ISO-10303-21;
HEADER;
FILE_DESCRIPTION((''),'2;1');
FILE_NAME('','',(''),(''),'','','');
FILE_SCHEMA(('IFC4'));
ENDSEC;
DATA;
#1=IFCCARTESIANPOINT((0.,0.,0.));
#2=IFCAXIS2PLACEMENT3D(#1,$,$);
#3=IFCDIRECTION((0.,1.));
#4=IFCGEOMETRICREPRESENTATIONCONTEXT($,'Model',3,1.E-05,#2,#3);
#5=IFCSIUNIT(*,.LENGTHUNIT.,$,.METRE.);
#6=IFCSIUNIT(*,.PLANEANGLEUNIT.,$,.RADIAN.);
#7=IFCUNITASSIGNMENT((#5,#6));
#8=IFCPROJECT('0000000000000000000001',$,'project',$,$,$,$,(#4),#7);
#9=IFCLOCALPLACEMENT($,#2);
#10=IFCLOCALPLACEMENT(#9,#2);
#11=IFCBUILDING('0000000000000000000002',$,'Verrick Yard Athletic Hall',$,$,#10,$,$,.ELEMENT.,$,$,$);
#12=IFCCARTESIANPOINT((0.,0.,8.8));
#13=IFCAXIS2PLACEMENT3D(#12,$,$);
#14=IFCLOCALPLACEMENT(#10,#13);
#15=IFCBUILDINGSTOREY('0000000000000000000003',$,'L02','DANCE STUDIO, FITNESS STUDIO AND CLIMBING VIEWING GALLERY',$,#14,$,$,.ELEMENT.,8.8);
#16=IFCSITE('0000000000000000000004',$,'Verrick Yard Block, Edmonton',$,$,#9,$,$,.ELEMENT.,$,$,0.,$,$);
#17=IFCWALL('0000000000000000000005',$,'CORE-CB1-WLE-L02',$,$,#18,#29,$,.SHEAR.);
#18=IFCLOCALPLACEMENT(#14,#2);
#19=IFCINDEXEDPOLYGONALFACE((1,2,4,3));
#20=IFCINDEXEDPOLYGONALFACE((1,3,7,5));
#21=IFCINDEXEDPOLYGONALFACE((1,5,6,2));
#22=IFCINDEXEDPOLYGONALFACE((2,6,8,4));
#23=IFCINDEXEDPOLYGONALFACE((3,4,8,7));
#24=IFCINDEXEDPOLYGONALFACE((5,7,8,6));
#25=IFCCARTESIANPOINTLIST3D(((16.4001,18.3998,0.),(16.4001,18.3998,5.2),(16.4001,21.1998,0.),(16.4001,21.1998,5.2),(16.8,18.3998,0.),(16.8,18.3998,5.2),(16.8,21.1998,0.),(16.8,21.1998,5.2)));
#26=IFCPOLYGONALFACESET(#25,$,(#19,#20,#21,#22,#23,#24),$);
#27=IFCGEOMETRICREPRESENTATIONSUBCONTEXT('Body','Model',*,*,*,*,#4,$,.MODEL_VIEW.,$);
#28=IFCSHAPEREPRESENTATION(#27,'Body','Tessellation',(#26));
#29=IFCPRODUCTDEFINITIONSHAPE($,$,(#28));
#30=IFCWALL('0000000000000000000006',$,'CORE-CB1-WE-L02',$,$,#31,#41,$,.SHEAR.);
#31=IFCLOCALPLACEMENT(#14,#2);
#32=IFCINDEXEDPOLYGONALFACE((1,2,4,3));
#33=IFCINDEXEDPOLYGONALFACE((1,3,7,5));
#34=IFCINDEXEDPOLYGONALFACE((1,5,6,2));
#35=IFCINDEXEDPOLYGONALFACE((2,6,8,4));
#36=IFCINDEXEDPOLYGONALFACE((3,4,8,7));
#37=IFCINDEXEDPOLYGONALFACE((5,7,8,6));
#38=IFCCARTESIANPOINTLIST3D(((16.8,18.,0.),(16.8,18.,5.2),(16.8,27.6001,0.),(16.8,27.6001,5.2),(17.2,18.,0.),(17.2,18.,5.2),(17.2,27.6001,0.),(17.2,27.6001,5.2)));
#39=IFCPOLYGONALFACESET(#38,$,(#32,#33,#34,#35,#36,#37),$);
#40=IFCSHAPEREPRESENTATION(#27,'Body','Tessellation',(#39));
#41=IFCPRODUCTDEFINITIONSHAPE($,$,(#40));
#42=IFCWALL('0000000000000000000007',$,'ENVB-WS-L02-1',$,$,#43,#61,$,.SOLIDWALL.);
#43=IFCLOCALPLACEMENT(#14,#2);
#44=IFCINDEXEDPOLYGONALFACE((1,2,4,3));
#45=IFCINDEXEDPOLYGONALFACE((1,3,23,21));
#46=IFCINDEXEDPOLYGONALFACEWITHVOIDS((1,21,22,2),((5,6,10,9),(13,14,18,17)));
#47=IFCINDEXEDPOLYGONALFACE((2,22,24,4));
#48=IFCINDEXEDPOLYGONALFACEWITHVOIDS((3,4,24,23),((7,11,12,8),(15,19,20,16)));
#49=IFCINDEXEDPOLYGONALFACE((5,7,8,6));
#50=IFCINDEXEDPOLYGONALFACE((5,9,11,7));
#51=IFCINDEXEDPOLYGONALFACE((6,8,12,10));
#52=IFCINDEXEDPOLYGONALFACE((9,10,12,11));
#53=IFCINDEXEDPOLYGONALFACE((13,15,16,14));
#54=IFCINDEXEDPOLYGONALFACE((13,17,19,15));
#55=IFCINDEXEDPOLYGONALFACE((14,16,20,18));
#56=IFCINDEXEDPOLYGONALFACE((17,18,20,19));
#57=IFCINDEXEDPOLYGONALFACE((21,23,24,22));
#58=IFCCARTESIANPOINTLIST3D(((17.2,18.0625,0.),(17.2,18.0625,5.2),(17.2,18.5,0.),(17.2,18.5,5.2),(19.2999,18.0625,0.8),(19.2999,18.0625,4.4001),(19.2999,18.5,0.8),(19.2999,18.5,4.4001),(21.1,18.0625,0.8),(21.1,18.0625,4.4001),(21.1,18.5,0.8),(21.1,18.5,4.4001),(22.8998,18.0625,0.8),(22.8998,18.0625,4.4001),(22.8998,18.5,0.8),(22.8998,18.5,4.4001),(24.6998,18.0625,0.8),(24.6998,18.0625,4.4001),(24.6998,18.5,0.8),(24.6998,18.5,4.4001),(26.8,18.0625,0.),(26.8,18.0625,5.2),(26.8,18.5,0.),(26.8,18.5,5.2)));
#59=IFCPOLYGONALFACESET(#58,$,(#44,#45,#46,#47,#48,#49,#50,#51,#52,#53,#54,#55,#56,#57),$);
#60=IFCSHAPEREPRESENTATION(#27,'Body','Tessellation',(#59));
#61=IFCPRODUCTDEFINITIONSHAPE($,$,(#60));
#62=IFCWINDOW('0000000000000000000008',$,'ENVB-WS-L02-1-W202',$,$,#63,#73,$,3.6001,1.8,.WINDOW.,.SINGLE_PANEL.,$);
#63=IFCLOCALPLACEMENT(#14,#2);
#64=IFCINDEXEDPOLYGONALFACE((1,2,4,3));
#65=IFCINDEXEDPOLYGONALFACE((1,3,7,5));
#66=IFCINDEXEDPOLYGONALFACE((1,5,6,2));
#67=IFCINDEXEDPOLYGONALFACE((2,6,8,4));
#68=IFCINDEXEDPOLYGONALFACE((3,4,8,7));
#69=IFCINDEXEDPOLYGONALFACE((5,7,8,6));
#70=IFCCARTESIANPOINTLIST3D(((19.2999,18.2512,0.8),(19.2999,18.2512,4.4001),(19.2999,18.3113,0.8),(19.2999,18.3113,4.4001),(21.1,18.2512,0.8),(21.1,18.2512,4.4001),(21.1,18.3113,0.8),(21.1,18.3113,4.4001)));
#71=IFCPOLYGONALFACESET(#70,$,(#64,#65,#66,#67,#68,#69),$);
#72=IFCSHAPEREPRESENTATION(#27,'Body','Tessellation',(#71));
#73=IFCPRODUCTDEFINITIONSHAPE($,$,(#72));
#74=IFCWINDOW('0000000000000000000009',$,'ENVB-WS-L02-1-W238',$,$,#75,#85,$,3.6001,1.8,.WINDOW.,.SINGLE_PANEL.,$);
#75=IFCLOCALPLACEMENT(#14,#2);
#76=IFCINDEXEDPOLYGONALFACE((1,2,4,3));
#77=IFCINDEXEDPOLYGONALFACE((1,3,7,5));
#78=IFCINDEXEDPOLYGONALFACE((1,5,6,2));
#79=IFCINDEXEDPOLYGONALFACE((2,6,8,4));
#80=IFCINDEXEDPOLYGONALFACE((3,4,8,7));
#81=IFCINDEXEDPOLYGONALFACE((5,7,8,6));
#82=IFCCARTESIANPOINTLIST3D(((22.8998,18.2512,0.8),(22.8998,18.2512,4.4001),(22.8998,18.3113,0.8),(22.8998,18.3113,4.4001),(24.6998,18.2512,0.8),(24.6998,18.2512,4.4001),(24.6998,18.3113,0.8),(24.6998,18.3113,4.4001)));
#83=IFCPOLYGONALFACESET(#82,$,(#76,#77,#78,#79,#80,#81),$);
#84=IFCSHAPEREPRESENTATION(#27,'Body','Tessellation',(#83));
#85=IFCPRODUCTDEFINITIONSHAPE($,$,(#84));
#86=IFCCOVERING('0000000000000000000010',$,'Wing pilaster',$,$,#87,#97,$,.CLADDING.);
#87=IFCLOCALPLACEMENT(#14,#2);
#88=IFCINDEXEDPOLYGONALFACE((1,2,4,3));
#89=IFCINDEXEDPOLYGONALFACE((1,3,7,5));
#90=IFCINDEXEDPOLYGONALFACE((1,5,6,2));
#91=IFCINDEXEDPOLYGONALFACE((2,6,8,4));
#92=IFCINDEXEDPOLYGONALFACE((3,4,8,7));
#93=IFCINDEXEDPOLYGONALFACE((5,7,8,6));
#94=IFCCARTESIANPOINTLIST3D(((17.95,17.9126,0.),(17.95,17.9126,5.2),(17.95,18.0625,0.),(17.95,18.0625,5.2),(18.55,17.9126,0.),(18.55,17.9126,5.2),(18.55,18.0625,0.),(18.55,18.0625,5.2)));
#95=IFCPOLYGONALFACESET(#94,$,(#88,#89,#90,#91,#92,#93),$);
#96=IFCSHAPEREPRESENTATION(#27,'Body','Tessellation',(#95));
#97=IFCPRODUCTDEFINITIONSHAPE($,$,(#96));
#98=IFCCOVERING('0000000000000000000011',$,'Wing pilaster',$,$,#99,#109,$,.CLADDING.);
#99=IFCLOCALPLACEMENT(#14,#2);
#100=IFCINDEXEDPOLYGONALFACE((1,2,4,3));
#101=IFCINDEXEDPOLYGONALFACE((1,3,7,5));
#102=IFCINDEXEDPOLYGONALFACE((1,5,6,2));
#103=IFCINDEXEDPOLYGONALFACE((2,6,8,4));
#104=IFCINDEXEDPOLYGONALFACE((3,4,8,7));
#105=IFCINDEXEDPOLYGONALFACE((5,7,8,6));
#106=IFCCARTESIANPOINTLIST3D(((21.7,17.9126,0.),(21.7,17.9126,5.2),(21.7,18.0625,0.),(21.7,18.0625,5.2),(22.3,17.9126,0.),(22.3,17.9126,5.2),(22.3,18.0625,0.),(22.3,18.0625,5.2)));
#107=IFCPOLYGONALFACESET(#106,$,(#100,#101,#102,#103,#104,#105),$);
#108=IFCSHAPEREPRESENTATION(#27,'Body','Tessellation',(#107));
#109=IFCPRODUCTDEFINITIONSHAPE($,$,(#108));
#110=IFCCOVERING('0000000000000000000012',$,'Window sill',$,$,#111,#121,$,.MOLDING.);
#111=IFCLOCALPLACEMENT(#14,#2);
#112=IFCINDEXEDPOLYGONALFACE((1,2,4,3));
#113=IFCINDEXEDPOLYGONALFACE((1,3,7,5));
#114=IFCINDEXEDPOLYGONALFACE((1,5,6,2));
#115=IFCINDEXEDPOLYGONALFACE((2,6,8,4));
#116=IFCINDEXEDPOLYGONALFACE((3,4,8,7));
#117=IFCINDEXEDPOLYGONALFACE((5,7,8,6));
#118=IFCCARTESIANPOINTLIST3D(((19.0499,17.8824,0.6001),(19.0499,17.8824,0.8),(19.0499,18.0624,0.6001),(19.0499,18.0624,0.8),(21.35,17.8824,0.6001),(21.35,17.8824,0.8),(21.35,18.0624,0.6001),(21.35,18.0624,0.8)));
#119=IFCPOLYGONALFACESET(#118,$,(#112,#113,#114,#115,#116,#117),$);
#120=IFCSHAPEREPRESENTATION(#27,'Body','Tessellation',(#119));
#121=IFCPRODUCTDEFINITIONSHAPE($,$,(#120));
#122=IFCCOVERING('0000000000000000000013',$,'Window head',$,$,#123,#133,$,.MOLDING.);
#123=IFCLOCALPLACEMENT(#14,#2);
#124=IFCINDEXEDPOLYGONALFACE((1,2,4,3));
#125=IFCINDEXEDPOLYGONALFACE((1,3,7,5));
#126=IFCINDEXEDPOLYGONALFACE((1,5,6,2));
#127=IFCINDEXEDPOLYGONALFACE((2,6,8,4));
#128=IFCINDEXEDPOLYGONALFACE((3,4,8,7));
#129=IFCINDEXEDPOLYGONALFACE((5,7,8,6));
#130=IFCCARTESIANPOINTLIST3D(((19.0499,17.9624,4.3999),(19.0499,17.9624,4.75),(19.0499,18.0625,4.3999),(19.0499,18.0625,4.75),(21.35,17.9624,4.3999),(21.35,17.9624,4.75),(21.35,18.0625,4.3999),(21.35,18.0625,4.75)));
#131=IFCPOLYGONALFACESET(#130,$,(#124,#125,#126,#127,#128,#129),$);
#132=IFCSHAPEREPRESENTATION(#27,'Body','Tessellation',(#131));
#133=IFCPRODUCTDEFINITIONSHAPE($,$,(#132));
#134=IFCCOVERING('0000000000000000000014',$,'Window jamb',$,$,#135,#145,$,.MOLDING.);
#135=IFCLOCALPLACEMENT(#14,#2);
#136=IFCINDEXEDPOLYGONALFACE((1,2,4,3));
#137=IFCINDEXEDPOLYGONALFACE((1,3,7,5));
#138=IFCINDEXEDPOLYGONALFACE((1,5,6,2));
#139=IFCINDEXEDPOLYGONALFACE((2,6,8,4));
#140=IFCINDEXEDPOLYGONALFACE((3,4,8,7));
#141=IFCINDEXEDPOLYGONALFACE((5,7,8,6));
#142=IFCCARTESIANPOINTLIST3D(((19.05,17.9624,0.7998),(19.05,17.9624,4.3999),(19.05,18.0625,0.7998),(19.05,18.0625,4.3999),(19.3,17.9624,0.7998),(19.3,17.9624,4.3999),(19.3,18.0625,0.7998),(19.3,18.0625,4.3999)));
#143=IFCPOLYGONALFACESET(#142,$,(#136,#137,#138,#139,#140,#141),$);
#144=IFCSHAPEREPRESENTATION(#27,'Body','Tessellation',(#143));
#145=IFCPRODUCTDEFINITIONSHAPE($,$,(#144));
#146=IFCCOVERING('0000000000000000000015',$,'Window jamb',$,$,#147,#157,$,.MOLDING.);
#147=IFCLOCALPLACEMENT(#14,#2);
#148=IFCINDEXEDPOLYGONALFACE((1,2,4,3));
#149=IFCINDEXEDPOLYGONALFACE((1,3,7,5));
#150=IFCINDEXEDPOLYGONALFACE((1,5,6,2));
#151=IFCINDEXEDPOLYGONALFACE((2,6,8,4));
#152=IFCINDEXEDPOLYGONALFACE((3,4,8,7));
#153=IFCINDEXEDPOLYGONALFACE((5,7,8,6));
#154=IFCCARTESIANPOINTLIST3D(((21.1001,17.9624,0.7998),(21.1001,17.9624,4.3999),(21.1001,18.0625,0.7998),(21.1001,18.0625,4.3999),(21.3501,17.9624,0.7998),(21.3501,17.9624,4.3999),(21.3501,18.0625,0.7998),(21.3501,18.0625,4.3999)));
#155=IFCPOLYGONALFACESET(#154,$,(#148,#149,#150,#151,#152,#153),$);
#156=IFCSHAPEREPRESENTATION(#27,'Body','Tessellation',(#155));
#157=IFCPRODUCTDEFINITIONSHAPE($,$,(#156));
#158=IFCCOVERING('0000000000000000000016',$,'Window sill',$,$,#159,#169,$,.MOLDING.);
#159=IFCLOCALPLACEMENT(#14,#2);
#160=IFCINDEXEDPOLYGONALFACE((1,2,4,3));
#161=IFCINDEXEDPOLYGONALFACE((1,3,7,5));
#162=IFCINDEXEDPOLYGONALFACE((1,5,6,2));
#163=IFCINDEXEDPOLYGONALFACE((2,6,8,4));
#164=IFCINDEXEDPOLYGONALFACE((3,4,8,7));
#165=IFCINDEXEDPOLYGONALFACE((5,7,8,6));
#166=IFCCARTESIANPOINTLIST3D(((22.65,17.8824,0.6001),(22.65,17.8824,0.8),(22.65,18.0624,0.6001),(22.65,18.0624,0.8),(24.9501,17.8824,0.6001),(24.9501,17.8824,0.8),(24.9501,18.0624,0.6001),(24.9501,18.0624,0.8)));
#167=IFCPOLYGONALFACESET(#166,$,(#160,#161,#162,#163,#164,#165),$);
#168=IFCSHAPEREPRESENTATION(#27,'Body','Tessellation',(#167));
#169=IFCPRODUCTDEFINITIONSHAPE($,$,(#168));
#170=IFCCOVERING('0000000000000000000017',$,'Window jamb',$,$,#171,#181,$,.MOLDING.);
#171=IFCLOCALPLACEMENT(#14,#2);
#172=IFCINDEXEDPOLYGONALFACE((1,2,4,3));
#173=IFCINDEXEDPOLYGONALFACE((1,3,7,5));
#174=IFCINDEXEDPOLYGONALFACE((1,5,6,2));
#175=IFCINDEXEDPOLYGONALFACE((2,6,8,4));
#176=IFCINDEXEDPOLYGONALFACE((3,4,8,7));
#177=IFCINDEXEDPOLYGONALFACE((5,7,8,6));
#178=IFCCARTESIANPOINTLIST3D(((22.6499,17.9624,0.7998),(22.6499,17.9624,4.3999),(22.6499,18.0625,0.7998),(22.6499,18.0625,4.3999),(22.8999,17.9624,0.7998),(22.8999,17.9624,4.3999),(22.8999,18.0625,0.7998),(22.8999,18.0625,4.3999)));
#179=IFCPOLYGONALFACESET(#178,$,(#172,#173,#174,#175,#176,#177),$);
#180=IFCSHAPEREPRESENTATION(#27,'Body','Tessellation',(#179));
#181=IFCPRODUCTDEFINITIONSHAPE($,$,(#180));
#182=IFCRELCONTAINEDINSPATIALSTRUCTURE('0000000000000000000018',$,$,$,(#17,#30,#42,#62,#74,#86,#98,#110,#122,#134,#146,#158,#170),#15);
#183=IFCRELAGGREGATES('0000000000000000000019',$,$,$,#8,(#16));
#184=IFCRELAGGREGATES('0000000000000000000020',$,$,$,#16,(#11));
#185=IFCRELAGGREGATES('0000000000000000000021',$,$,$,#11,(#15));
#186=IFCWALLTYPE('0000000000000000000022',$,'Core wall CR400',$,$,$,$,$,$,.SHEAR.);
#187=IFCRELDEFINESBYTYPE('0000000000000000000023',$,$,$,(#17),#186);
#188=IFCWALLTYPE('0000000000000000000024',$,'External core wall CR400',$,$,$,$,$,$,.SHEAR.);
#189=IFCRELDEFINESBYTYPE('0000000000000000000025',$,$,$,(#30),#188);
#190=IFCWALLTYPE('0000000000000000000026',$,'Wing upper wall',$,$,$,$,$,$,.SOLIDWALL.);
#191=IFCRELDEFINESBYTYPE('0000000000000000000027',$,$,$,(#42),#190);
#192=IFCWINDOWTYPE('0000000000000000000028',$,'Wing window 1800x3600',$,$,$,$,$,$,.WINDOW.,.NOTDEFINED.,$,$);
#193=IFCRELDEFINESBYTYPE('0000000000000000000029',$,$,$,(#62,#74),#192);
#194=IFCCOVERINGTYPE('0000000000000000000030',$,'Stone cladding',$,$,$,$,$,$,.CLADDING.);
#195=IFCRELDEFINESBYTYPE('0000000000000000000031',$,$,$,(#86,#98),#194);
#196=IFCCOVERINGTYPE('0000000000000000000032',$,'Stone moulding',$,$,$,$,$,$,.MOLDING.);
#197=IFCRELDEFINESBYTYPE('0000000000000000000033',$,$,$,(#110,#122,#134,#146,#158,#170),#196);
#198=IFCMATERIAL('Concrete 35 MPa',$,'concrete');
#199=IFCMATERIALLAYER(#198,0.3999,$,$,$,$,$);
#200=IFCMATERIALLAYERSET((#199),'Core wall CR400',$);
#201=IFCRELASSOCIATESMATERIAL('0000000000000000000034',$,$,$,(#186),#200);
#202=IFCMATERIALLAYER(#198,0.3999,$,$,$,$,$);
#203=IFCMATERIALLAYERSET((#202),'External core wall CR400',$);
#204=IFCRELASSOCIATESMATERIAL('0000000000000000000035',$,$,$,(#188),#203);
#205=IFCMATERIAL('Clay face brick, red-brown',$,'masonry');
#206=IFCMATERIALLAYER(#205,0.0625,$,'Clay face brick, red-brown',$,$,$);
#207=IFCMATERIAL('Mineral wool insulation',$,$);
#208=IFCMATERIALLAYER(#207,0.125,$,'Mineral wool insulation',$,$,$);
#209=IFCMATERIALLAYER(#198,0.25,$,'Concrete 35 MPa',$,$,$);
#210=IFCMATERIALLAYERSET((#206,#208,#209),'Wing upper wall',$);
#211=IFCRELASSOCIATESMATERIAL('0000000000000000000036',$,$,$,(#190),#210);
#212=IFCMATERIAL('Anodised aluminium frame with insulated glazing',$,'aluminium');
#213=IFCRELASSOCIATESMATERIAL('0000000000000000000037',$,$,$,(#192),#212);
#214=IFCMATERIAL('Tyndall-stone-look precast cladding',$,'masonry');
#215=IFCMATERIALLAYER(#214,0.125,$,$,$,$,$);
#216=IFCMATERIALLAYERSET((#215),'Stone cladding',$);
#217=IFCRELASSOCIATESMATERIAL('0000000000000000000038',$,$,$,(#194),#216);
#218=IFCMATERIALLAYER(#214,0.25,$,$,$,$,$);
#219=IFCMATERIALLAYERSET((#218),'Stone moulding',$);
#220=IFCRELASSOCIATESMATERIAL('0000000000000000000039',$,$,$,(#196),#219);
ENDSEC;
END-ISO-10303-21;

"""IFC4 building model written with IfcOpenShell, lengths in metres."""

from ifc_helpers import new_model, si_unit, direction, frame, frame_2d, origin, origin_2d, place, context, subcontext, project, spatial, rectangle, extrude, material, layer, layer_set, type_object, element, fill, save


model = new_model("IFC4")

# Units and contexts
model_context = context("Model", 3, precision=1e-05, world=origin(), true_north=direction((0.0, 1.0)))
body_context = subcontext(model_context, "Body", "Model", "MODEL_VIEW")
ifc_project = project(units=[si_unit("LENGTHUNIT", "METRE"), si_unit("PLANEANGLEUNIT", "RADIAN")], contexts=[model_context])

# Site, building, storey
site_placement = place(None, origin())
site = spatial("IfcSite", under=ifc_project, at=site_placement, Name="Verrick Yard Block, Edmonton", CompositionType="ELEMENT", RefElevation=0.0)
building_placement = place(site_placement, origin())
building = spatial("IfcBuilding", under=site, at=building_placement, Name="Verrick Yard Athletic Hall", CompositionType="ELEMENT")
storey_placement = place(building_placement, frame((0.0, 0.0, 8.8)))
storey = spatial("IfcBuildingStorey", under=building, at=storey_placement, Name="L02", Description="DANCE STUDIO, FITNESS STUDIO AND CLIMBING VIEWING GALLERY", CompositionType="ELEMENT", Elevation=8.8)

# Shared definitions
ifc_material_1 = material(Name="Concrete 35 MPa", Category="concrete")
ifc_layer_1 = layer(ifc_material_1, 0.3999)
ifc_layer_set_1 = layer_set([ifc_layer_1], Name="Core wall CR400")
wall_type_1 = type_object("IfcWallType", Name="Core wall CR400", PredefinedType="SHEAR", material=ifc_layer_set_1)

# Walls
wall_1_placement = place(storey_placement, frame((16.6001, 18.3999, 0.0), z_axis=(0.0, 0.0, 1.0), x_axis=(0.0, 1.0, 0.0)))
element("IfcWall", 1, at=wall_1_placement, inside=storey, type_object=wall_type_1, Name="CORE-CB1-WLE-L02", PredefinedType="SHEAR", context=body_context, shape_type="SweptSolid", body=[
    extrude(rectangle(XDim=2.8, YDim=0.3999, at=frame_2d((1.3999, 0.0))), origin(), (0.0, 0.0, 1.0), 5.2),
])
ifc_layer_2 = layer(ifc_material_1, 0.3999)
ifc_layer_set_2 = layer_set([ifc_layer_2], Name="External core wall CR400")
wall_type_2 = type_object("IfcWallType", Name="External core wall CR400", PredefinedType="SHEAR", material=ifc_layer_set_2)
wall_2_placement = place(storey_placement, frame((17.0, 18.0, 0.0), z_axis=(0.0, 0.0, 1.0), x_axis=(0.0, 1.0, 0.0)))
element("IfcWall", 2, at=wall_2_placement, inside=storey, type_object=wall_type_2, Name="CORE-CB1-WE-L02", PredefinedType="SHEAR", context=body_context, shape_type="SweptSolid", body=[
    extrude(rectangle(XDim=9.6001, YDim=0.3999, at=frame_2d((4.8, 0.0))), origin(), (0.0, 0.0, 1.0), 5.2),
])

# Wall, openings, windows
ifc_material_2 = material(Name="Clay face brick, red-brown", Category="masonry")
ifc_layer_3 = layer(ifc_material_2, 0.0625, Name="Clay face brick, red-brown")
ifc_material_3 = material(Name="Mineral wool insulation")
ifc_layer_4 = layer(ifc_material_3, 0.125, Name="Mineral wool insulation")
ifc_layer_5 = layer(ifc_material_1, 0.25, Name="Concrete 35 MPa")
ifc_layer_set_3 = layer_set([ifc_layer_3, ifc_layer_4, ifc_layer_5], Name="Wing upper wall")
wall_type_3 = type_object("IfcWallType", Name="Wing upper wall", PredefinedType="SOLIDWALL", material=ifc_layer_set_3)
wall_3_placement = place(storey_placement, frame((17.2, 18.2812, 0.0), z_axis=(0.0, 0.0, 1.0), x_axis=(1.0, 0.0, 0.0)))
wall_3 = element("IfcWall", 3, at=wall_3_placement, inside=storey, type_object=wall_type_3, Name="ENVB-WS-L02-1", PredefinedType="SOLIDWALL", context=body_context, shape_type="SweptSolid", body=[
    extrude(rectangle(XDim=9.6001, YDim=0.4375, at=frame_2d((4.8, 0.0))), origin(), (0.0, 0.0, 1.0), 5.2),
])
opening_1_placement = place(wall_3_placement, frame((2.1001, 0.0, 0.8)))
opening_1 = element("IfcOpeningElement", 4, at=opening_1_placement, cuts=wall_3, PredefinedType="OPENING", context=body_context, shape_type="SweptSolid", body=[
    extrude(rectangle(XDim=1.8, YDim=3.6001, at=frame_2d((0.8999, 1.8))), frame((0.0, 0.2288, 0.0), z_axis=(0.0, -1.0, 0.0), x_axis=(1.0, 0.0, 0.0)), (0.0, 0.0, 1.0), 0.4575),
])
opening_2_placement = place(wall_3_placement, frame((5.7, 0.0, 0.8)))
opening_2 = element("IfcOpeningElement", 5, at=opening_2_placement, cuts=wall_3, PredefinedType="OPENING", context=body_context, shape_type="SweptSolid", body=[
    extrude(rectangle(XDim=1.8, YDim=3.6001, at=frame_2d((0.8999, 1.8))), frame((0.0, 0.2288, 0.0), z_axis=(0.0, -1.0, 0.0), x_axis=(1.0, 0.0, 0.0)), (0.0, 0.0, 1.0), 0.4575),
])
ifc_material_4 = material(Name="Anodised aluminium frame with insulated glazing", Category="aluminium")
window_type = type_object("IfcWindowType", Name="Wing window 1800x3600", PartitioningType="NOTDEFINED", PredefinedType="WINDOW", material=ifc_material_4)
window_1_placement = place(opening_1_placement, origin())
window_1 = element("IfcWindow", 6, at=window_1_placement, inside=storey, type_object=window_type, Name="ENVB-WS-L02-1-W202", OverallHeight=3.6001, OverallWidth=1.8, PartitioningType="SINGLE_PANEL", PredefinedType="WINDOW", context=body_context, shape_type="SweptSolid", body=[
    extrude(rectangle(XDim=1.8, YDim=3.6001, at=frame_2d((0.8999, 1.8))), frame((0.0, 0.03, 0.0), z_axis=(0.0, -1.0, 0.0), x_axis=(1.0, 0.0, 0.0)), (0.0, 0.0, 1.0), 0.0601),
])
fill(opening_1, window_1)
window_2_placement = place(opening_2_placement, origin())
window_2 = element("IfcWindow", 7, at=window_2_placement, inside=storey, type_object=window_type, Name="ENVB-WS-L02-1-W238", OverallHeight=3.6001, OverallWidth=1.8, PartitioningType="SINGLE_PANEL", PredefinedType="WINDOW", context=body_context, shape_type="SweptSolid", body=[
    extrude(rectangle(XDim=1.8, YDim=3.6001, at=frame_2d((0.8999, 1.8))), frame((0.0, 0.03, 0.0), z_axis=(0.0, -1.0, 0.0), x_axis=(1.0, 0.0, 0.0)), (0.0, 0.0, 1.0), 0.0601),
])
fill(opening_2, window_2)

# Coverings
ifc_material_5 = material(Name="Tyndall-stone-look precast cladding", Category="masonry")
ifc_layer_6 = layer(ifc_material_5, 0.125)
ifc_layer_set_4 = layer_set([ifc_layer_6], Name="Stone cladding")
covering_type_1 = type_object("IfcCoveringType", Name="Stone cladding", PredefinedType="CLADDING", material=ifc_layer_set_4)
for number, where, z_axis, x_axis, name in (
    (8, (18.25, 17.9875, 0.0), (0.0, 0.0, 1.0), (1.0, 0.0, 0.0), "Wing pilaster"),
    (9, (22.0, 17.9875, 0.0), (0.0, 0.0, 1.0), (1.0, 0.0, 0.0), "Wing pilaster"),
):
    element("IfcCovering", number, at=place(storey_placement, frame(where, z_axis=z_axis, x_axis=x_axis)), inside=storey, type_object=covering_type_1, Name=name, PredefinedType="CLADDING", context=body_context, shape_type="SweptSolid", body=[
        extrude(rectangle(XDim=0.6001, YDim=0.1499, at=origin_2d()), origin(), (0.0, 0.0, 1.0), 5.2),
    ])
ifc_layer_7 = layer(ifc_material_5, 0.25)
ifc_layer_set_5 = layer_set([ifc_layer_7], Name="Stone moulding")
covering_type_2 = type_object("IfcCoveringType", Name="Stone moulding", PredefinedType="MOLDING", material=ifc_layer_set_5)
covering_1_placement = place(storey_placement, frame((20.2, 17.9724, 0.6001), z_axis=(0.0, 0.0, 1.0), x_axis=(1.0, 0.0, 0.0)))
element("IfcCovering", 10, at=covering_1_placement, inside=storey, type_object=covering_type_2, Name="Window sill", PredefinedType="MOLDING", context=body_context, shape_type="SweptSolid", body=[
    extrude(rectangle(XDim=2.3, YDim=0.1799, at=origin_2d()), origin(), (0.0, 0.0, 1.0), 0.2),
])
covering_2_placement = place(storey_placement, frame((20.2, 18.0125, 4.3999), z_axis=(0.0, 0.0, 1.0), x_axis=(1.0, 0.0, 0.0)))
element("IfcCovering", 11, at=covering_2_placement, inside=storey, type_object=covering_type_2, Name="Window head", PredefinedType="MOLDING", context=body_context, shape_type="SweptSolid", body=[
    extrude(rectangle(XDim=2.3, YDim=0.1001, at=origin_2d()), origin(), (0.0, 0.0, 1.0), 0.3501),
])
for number, where, z_axis, x_axis, name in (
    (12, (19.175, 18.0125, 0.7998), (0.0, 0.0, 1.0), (1.0, 0.0, 0.0), "Window jamb"),
    (13, (21.2251, 18.0125, 0.7998), (0.0, 0.0, 1.0), (1.0, 0.0, 0.0), "Window jamb"),
):
    element("IfcCovering", number, at=place(storey_placement, frame(where, z_axis=z_axis, x_axis=x_axis)), inside=storey, type_object=covering_type_2, Name=name, PredefinedType="MOLDING", context=body_context, shape_type="SweptSolid", body=[
        extrude(rectangle(XDim=0.25, YDim=0.1001, at=origin_2d()), origin(), (0.0, 0.0, 1.0), 3.6001),
    ])
covering_3_placement = place(storey_placement, frame((23.8, 17.9724, 0.6001), z_axis=(0.0, 0.0, 1.0), x_axis=(1.0, 0.0, 0.0)))
element("IfcCovering", 14, at=covering_3_placement, inside=storey, type_object=covering_type_2, Name="Window sill", PredefinedType="MOLDING", context=body_context, shape_type="SweptSolid", body=[
    extrude(rectangle(XDim=2.3, YDim=0.1799, at=origin_2d()), origin(), (0.0, 0.0, 1.0), 0.2),
])
covering_4_placement = place(storey_placement, frame((22.7749, 18.0125, 0.7998), z_axis=(0.0, 0.0, 1.0), x_axis=(1.0, 0.0, 0.0)))
element("IfcCovering", 15, at=covering_4_placement, inside=storey, type_object=covering_type_2, Name="Window jamb", PredefinedType="MOLDING", context=body_context, shape_type="SweptSolid", body=[
    extrude(rectangle(XDim=0.25, YDim=0.1001, at=origin_2d()), origin(), (0.0, 0.0, 1.0), 3.6001),
])

save(model, "model.ifc")
